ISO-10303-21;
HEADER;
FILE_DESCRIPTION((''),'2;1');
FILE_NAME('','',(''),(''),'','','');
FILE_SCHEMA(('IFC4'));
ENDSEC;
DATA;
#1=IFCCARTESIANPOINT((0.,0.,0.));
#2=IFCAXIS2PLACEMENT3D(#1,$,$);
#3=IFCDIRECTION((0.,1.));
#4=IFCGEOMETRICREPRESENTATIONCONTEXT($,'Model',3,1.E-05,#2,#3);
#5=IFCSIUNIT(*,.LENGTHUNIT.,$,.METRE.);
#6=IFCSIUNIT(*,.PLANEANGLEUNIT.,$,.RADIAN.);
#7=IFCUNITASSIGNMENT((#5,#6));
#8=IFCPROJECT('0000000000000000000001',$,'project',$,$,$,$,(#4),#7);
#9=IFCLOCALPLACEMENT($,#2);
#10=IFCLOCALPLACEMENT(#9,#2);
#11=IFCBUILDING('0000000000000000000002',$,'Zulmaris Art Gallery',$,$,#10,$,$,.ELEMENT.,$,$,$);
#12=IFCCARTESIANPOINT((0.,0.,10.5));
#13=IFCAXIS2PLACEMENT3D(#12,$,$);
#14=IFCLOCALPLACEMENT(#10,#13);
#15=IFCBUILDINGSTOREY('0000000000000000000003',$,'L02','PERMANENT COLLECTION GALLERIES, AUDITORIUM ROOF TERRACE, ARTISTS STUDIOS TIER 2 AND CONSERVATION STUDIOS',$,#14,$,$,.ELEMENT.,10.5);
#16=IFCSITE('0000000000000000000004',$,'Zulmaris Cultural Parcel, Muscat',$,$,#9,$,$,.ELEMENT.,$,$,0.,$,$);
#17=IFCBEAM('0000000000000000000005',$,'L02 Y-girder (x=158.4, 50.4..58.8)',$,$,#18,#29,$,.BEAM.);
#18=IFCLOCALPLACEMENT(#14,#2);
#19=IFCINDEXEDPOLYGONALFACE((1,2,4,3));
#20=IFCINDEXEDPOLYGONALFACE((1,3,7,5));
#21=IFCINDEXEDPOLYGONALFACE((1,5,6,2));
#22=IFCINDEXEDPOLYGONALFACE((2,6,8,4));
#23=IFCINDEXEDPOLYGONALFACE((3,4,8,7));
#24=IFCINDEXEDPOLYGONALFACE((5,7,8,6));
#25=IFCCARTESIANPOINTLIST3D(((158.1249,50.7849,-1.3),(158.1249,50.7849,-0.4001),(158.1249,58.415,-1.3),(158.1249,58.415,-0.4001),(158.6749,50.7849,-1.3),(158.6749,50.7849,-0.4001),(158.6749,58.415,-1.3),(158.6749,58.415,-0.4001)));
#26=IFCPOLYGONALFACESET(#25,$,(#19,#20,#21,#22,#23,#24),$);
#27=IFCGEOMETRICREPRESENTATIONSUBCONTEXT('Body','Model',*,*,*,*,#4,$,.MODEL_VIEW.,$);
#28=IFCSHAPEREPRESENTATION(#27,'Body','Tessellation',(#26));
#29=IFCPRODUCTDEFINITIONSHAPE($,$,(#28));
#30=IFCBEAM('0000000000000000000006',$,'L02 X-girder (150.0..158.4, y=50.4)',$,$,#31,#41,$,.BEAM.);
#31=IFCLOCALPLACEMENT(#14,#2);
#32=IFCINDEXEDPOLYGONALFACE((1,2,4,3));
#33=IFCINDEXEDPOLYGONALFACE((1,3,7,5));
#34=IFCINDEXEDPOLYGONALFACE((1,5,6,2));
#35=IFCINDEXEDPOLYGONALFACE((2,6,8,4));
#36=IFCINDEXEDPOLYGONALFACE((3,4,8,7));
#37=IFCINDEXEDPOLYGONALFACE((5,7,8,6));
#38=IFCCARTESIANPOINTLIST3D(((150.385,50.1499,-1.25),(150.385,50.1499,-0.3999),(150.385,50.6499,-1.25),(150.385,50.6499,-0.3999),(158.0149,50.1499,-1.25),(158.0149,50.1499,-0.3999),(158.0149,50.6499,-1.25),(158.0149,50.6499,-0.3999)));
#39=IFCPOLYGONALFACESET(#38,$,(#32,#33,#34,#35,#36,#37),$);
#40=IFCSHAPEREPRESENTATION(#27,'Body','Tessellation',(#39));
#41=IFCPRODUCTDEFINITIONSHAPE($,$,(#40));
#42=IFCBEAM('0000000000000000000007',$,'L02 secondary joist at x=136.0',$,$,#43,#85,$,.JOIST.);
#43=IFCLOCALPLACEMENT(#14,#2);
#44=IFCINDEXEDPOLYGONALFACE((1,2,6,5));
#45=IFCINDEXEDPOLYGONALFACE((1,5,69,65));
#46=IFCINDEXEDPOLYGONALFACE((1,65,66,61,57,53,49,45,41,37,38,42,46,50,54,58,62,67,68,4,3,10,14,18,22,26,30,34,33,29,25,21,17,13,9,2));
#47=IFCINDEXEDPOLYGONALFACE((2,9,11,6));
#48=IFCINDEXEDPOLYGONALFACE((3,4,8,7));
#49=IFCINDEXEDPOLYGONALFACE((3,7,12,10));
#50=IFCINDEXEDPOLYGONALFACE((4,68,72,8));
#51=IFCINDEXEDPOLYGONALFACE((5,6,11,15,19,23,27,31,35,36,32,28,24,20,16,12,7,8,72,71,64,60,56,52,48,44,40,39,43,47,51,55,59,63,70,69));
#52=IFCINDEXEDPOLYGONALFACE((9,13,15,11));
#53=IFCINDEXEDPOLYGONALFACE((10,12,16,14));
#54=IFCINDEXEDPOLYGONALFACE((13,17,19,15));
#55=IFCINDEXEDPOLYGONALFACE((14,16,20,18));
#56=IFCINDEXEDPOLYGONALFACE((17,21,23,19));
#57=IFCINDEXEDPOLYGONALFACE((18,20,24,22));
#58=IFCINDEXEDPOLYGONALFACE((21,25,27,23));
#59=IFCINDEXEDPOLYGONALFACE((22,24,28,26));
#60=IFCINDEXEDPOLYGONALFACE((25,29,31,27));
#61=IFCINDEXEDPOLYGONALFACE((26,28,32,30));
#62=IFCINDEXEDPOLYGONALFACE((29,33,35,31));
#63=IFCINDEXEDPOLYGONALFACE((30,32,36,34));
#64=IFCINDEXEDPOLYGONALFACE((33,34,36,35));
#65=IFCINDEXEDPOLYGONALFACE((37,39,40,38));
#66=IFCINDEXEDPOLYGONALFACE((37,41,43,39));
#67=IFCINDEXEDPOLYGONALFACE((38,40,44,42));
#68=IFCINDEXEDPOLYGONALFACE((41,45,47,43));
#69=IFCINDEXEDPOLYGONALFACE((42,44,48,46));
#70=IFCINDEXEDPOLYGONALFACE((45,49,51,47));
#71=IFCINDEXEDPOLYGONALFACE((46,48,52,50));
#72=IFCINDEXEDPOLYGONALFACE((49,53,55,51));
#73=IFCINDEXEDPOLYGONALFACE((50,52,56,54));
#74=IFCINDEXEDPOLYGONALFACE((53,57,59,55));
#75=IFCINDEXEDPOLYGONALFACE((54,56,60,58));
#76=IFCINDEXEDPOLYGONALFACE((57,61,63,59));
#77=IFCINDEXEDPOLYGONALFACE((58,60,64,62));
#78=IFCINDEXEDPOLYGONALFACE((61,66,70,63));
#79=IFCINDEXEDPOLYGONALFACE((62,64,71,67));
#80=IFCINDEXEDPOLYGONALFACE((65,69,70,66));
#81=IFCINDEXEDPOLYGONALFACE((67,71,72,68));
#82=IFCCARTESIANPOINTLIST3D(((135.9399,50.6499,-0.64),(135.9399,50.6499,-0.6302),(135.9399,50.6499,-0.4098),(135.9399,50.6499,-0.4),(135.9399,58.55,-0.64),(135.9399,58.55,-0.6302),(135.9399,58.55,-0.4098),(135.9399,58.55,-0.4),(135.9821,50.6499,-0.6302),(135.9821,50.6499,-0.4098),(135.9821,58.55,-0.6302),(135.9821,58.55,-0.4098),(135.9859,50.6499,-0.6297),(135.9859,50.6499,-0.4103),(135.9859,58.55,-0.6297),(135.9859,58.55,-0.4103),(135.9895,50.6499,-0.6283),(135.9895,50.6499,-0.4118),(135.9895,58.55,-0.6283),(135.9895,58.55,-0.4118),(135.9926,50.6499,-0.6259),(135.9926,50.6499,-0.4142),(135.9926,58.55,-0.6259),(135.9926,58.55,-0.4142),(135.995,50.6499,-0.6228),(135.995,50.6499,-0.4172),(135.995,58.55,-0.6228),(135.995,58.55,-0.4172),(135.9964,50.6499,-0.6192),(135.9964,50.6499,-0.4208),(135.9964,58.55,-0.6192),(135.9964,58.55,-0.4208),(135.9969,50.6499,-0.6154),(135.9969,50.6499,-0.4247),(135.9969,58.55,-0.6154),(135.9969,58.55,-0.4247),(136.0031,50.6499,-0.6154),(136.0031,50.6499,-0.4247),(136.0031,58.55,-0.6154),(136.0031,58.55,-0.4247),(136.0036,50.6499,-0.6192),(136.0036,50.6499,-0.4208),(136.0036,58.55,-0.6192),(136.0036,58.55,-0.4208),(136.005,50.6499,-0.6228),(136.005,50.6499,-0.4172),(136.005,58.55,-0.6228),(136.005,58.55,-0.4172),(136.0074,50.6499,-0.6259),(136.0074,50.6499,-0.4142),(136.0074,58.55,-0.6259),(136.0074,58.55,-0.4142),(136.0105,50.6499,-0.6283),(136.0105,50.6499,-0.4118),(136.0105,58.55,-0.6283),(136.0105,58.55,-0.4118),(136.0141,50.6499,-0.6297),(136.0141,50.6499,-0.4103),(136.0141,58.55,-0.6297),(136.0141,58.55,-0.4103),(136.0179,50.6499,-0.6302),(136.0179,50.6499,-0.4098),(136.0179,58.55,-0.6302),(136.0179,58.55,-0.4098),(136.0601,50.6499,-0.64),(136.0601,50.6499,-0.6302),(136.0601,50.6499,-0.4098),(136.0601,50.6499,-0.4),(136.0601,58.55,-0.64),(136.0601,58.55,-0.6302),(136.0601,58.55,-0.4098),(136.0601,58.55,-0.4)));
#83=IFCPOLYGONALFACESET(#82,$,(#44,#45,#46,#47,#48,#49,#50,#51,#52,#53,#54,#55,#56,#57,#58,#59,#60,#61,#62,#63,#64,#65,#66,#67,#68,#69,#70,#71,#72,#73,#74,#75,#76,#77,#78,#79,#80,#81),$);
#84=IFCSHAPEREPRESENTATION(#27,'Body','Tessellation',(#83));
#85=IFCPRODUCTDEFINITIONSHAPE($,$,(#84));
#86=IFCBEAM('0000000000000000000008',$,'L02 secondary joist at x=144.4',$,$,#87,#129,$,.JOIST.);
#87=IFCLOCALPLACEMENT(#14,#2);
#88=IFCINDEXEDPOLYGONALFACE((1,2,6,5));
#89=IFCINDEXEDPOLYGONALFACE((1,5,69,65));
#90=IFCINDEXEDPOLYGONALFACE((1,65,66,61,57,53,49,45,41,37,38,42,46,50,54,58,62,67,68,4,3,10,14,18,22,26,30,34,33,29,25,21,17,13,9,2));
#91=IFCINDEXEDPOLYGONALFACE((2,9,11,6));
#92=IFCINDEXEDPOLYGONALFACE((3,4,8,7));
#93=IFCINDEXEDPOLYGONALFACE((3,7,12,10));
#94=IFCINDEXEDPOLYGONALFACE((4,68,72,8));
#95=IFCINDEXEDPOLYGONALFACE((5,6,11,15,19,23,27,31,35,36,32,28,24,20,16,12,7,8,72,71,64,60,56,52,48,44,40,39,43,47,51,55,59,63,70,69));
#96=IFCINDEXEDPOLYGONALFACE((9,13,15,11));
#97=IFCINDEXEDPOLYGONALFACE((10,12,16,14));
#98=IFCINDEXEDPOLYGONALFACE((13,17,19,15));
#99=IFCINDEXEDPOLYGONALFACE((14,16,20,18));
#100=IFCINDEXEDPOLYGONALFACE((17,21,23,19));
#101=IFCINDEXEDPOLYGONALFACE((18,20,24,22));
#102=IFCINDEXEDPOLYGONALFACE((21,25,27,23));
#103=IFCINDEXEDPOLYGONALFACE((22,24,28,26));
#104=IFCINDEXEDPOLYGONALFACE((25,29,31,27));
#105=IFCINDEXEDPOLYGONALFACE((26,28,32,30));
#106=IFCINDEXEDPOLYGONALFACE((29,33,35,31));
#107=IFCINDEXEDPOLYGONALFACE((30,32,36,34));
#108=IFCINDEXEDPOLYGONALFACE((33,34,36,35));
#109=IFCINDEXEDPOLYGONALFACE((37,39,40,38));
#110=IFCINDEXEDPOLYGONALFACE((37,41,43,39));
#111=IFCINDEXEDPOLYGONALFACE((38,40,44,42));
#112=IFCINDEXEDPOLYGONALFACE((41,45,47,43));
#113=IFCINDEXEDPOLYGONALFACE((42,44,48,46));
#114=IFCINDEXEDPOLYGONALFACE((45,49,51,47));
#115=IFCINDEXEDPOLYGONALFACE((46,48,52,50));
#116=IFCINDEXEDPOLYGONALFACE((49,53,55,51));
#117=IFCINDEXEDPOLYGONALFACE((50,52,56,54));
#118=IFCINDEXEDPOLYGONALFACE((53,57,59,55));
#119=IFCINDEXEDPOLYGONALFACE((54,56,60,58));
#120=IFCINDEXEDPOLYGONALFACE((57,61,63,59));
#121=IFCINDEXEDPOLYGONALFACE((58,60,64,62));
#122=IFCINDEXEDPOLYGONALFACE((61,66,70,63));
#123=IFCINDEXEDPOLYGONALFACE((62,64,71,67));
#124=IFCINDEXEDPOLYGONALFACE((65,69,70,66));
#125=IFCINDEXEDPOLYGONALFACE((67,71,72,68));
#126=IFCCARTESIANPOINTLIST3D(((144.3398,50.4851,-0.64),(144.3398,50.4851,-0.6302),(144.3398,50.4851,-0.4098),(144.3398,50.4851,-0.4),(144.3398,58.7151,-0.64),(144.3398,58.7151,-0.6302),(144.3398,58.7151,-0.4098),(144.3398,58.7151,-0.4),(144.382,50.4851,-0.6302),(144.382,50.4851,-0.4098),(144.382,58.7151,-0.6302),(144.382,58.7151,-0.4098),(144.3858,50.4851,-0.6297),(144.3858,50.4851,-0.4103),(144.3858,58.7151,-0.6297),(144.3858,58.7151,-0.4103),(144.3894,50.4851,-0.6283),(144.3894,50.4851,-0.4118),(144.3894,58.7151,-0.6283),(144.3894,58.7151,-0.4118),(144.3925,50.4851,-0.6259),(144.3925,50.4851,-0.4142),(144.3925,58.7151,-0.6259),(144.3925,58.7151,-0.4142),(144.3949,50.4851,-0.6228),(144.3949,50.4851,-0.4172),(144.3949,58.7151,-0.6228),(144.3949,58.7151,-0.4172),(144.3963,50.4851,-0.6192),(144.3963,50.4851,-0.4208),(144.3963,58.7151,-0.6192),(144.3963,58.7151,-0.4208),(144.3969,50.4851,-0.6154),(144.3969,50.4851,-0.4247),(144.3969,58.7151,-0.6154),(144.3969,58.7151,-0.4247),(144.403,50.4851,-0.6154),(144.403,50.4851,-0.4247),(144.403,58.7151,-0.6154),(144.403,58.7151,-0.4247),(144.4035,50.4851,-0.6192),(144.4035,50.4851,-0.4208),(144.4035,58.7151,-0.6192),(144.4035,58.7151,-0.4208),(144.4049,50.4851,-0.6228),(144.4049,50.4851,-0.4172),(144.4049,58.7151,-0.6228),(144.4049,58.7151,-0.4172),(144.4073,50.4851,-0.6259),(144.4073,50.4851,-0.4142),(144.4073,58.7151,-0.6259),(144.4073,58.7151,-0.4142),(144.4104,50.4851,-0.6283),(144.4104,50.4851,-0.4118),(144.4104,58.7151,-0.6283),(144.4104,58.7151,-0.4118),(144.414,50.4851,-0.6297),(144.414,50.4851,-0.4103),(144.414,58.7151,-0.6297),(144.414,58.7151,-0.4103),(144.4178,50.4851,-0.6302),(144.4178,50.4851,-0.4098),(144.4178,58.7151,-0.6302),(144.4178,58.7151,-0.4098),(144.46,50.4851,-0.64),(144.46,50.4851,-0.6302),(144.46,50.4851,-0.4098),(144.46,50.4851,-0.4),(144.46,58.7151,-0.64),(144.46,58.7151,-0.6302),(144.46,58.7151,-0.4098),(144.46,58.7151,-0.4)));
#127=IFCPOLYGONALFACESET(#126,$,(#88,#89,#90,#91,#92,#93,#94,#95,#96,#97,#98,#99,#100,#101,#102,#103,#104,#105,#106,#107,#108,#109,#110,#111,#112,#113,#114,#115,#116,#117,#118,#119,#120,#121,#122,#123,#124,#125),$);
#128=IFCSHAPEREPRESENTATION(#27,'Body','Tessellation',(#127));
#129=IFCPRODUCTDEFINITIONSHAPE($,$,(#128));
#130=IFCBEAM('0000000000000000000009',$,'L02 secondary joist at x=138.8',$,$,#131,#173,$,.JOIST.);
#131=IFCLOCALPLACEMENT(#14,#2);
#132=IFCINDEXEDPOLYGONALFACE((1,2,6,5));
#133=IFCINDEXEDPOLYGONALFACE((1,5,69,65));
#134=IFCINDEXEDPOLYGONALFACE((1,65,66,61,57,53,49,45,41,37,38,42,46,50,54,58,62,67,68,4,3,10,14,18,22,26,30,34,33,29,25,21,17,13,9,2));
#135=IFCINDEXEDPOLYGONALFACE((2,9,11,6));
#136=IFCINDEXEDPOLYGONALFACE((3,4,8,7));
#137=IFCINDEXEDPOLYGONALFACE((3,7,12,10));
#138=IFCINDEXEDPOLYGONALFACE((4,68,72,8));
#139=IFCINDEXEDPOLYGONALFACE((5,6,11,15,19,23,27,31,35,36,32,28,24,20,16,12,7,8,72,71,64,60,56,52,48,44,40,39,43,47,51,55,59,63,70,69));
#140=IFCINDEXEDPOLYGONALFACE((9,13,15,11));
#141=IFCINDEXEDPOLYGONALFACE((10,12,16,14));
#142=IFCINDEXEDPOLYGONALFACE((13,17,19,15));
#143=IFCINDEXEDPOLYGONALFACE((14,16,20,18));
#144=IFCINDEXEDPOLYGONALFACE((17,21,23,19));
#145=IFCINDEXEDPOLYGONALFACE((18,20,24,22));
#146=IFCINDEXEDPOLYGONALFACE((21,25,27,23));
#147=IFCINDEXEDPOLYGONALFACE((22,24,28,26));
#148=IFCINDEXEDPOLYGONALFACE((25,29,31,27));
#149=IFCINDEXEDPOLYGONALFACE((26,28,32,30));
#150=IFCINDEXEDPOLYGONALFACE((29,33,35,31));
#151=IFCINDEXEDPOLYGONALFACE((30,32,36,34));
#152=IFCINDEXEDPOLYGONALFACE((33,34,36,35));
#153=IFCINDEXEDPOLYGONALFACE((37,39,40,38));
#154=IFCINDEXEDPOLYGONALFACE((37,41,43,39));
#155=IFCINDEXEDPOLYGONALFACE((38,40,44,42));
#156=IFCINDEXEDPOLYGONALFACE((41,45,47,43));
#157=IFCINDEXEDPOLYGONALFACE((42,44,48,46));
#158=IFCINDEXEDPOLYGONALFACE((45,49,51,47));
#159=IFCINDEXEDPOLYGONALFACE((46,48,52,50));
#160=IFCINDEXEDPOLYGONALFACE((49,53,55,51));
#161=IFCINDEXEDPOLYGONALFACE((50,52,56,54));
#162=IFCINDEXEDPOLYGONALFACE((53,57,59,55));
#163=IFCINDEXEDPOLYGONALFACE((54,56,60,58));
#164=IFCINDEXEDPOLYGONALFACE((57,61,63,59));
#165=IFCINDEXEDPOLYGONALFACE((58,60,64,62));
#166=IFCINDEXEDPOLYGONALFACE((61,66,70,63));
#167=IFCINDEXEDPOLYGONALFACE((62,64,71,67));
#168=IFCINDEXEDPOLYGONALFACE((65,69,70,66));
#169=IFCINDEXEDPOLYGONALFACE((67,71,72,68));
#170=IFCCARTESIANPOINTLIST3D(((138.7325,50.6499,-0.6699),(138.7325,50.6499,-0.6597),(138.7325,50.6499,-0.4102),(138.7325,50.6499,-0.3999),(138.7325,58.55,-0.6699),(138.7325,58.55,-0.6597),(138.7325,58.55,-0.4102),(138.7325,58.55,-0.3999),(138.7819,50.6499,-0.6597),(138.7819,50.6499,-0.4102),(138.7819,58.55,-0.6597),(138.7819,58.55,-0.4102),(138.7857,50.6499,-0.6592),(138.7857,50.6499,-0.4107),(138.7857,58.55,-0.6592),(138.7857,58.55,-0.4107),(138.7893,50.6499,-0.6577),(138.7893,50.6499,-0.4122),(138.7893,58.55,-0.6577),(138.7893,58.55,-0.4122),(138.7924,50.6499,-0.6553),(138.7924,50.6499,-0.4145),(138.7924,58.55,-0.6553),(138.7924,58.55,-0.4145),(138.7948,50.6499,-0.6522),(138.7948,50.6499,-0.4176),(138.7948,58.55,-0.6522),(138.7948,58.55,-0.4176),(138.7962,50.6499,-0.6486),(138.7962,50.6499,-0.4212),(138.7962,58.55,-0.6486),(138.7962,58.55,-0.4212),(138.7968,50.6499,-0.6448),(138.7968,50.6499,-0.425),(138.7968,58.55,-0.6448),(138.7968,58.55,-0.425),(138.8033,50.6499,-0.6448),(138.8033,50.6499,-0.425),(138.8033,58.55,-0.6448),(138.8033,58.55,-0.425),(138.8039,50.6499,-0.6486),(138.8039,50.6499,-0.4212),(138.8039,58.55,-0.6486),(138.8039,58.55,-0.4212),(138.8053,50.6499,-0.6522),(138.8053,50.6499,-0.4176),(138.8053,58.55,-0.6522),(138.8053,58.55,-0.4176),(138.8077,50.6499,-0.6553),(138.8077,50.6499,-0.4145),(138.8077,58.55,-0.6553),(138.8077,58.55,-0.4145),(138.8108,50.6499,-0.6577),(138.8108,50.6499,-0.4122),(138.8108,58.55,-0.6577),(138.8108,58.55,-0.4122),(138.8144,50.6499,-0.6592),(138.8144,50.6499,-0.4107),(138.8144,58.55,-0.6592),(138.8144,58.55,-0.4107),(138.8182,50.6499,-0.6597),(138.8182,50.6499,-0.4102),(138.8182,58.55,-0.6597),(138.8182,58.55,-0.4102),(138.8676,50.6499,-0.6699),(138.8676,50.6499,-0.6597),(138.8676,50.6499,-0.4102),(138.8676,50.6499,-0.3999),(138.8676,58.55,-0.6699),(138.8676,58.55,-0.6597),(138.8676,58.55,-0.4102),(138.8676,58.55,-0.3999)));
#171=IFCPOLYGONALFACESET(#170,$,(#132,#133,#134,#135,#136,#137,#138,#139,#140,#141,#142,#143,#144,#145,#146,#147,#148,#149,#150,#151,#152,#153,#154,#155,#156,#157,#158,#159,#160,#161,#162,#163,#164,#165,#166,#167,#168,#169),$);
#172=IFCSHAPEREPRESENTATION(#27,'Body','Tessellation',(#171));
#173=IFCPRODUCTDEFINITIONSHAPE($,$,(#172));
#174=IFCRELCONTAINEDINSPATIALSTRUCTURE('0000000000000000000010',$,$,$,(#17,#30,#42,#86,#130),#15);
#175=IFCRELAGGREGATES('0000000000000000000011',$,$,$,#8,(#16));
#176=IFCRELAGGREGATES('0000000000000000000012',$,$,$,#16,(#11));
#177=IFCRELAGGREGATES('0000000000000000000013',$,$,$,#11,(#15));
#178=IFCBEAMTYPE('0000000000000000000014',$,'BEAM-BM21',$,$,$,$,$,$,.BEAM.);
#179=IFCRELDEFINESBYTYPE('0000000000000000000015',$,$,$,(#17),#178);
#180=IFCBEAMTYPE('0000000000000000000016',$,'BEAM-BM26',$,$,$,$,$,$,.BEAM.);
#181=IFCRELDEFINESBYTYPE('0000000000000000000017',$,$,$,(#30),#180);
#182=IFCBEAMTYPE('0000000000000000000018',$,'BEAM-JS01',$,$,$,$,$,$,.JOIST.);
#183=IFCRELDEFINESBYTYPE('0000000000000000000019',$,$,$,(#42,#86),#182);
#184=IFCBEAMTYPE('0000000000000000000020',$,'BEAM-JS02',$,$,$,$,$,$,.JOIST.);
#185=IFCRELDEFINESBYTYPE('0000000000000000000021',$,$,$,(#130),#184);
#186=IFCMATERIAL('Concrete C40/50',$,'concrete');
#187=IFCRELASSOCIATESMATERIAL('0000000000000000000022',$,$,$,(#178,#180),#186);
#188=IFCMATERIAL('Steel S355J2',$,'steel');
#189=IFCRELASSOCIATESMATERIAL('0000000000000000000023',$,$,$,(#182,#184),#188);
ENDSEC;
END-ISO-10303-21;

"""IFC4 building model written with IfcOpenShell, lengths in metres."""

from ifc_helpers import new_model, si_unit, direction, frame, origin, origin_2d, place, context, subcontext, project, spatial, rectangle, i_section, extrude, material, material_profile, profile_set, type_object, element, save


model = new_model("IFC4")

# Units and contexts
model_context = context("Model", 3, precision=1e-05, world=origin(), true_north=direction((0.0, 1.0)))
body_context = subcontext(model_context, "Body", "Model", "MODEL_VIEW")
ifc_project = project(units=[si_unit("LENGTHUNIT", "METRE"), si_unit("PLANEANGLEUNIT", "RADIAN")], contexts=[model_context])

# Site, building, storey
site_placement = place(None, origin())
site = spatial("IfcSite", under=ifc_project, at=site_placement, Name="Zulmaris Cultural Parcel, Muscat", CompositionType="ELEMENT", RefElevation=0.0)
building_placement = place(site_placement, origin())
building = spatial("IfcBuilding", under=site, at=building_placement, Name="Zulmaris Art Gallery", CompositionType="ELEMENT")
storey_placement = place(building_placement, frame((0.0, 0.0, 10.5)))
storey = spatial("IfcBuildingStorey", under=building, at=storey_placement, Name="L02", Description="PERMANENT COLLECTION GALLERIES, AUDITORIUM ROOF TERRACE, ARTISTS STUDIOS TIER 2 AND CONSERVATION STUDIOS", CompositionType="ELEMENT", Elevation=10.5)

# Shared definitions
ifc_material_1 = material(Name="Concrete C40/50", Category="concrete")

# Beams
ifc_material_2 = material(Name="Steel S355J2", Category="steel")
ifc_material_profile_1 = material_profile(ifc_material_1, rectangle(XDim=0.55, YDim=0.8999, at=origin_2d()), Name="RC 550x900")
ifc_profile_set_1 = profile_set([ifc_material_profile_1], Name="Concrete C40/50")
beam_type_1 = type_object("IfcBeamType", Name="BEAM-BM21", PredefinedType="BEAM", material=ifc_profile_set_1)
beam_1_placement = place(storey_placement, frame((158.3999, 50.7849, -0.8501), z_axis=(0.0, 1.0, 0.0), x_axis=(-1.0, 0.0, 0.0)))
element("IfcBeam", 1, at=beam_1_placement, inside=storey, type_object=beam_type_1, Name="L02 Y-girder (x=158.4, 50.4..58.8)", PredefinedType="BEAM", context=body_context, shape_type="SweptSolid", body=[
    extrude(rectangle(XDim=0.55, YDim=0.8999, at=origin_2d()), origin(), (0.0, 0.0, 1.0), 7.6301),
])
ifc_material_profile_2 = material_profile(ifc_material_1, rectangle(XDim=0.5, YDim=0.8501, at=origin_2d()), Name="RC 500x850")
ifc_profile_set_2 = profile_set([ifc_material_profile_2], Name="Concrete C40/50")
beam_type_2 = type_object("IfcBeamType", Name="BEAM-BM26", PredefinedType="BEAM", material=ifc_profile_set_2)
beam_2_placement = place(storey_placement, frame((150.385, 50.3999, -0.825), z_axis=(1.0, 0.0, 0.0), x_axis=(0.0, 1.0, 0.0)))
element("IfcBeam", 2, at=beam_2_placement, inside=storey, type_object=beam_type_2, Name="L02 X-girder (150.0..158.4, y=50.4)", PredefinedType="BEAM", context=body_context, shape_type="SweptSolid", body=[
    extrude(rectangle(XDim=0.5, YDim=0.8501, at=origin_2d()), origin(), (0.0, 0.0, 1.0), 7.6299),
])
ifc_material_profile_3 = material_profile(ifc_material_2, i_section(OverallWidth=0.1201, OverallDepth=0.24, WebThickness=0.0061, FlangeThickness=0.0098, FilletRadius=0.0149, at=origin_2d()), Name="IPE 240")
ifc_profile_set_3 = profile_set([ifc_material_profile_3], Name="Steel S355J2")
beam_type_3 = type_object("IfcBeamType", Name="BEAM-JS01", PredefinedType="JOIST", material=ifc_profile_set_3)
beam_3_placement = place(storey_placement, frame((136.0, 50.6499, -0.52), z_axis=(0.0, 1.0, 0.0), x_axis=(-1.0, 0.0, 0.0)))
element("IfcBeam", 3, at=beam_3_placement, inside=storey, type_object=beam_type_3, Name="L02 secondary joist at x=136.0", PredefinedType="JOIST", context=body_context, shape_type="SweptSolid", body=[
    extrude(i_section(OverallWidth=0.1201, OverallDepth=0.24, WebThickness=0.0061, FlangeThickness=0.0098, FilletRadius=0.0149, at=origin_2d()), origin(), (0.0, 0.0, 1.0), 7.9001),
])
beam_4_placement = place(storey_placement, frame((144.3999, 50.4851, -0.52), z_axis=(0.0, 1.0, 0.0), x_axis=(-1.0, 0.0, 0.0)))
element("IfcBeam", 4, at=beam_4_placement, inside=storey, type_object=beam_type_3, Name="L02 secondary joist at x=144.4", PredefinedType="JOIST", context=body_context, shape_type="SweptSolid", body=[
    extrude(i_section(OverallWidth=0.1201, OverallDepth=0.24, WebThickness=0.0061, FlangeThickness=0.0098, FilletRadius=0.0149, at=origin_2d()), origin(), (0.0, 0.0, 1.0), 8.23),
])
ifc_material_profile_4 = material_profile(ifc_material_2, i_section(OverallWidth=0.135, OverallDepth=0.27, WebThickness=0.0066, FlangeThickness=0.0103, FilletRadius=0.0149, at=origin_2d()), Name="IPE 270")
ifc_profile_set_4 = profile_set([ifc_material_profile_4], Name="Steel S355J2")
beam_type_4 = type_object("IfcBeamType", Name="BEAM-JS02", PredefinedType="JOIST", material=ifc_profile_set_4)
beam_5_placement = place(storey_placement, frame((138.8, 50.6499, -0.5349), z_axis=(0.0, 1.0, 0.0), x_axis=(-1.0, 0.0, 0.0)))
element("IfcBeam", 5, at=beam_5_placement, inside=storey, type_object=beam_type_4, Name="L02 secondary joist at x=138.8", PredefinedType="JOIST", context=body_context, shape_type="SweptSolid", body=[
    extrude(i_section(OverallWidth=0.135, OverallDepth=0.27, WebThickness=0.0066, FlangeThickness=0.0103, FilletRadius=0.0149, at=origin_2d()), origin(), (0.0, 0.0, 1.0), 7.9001),
])

save(model, "model.ifc")
